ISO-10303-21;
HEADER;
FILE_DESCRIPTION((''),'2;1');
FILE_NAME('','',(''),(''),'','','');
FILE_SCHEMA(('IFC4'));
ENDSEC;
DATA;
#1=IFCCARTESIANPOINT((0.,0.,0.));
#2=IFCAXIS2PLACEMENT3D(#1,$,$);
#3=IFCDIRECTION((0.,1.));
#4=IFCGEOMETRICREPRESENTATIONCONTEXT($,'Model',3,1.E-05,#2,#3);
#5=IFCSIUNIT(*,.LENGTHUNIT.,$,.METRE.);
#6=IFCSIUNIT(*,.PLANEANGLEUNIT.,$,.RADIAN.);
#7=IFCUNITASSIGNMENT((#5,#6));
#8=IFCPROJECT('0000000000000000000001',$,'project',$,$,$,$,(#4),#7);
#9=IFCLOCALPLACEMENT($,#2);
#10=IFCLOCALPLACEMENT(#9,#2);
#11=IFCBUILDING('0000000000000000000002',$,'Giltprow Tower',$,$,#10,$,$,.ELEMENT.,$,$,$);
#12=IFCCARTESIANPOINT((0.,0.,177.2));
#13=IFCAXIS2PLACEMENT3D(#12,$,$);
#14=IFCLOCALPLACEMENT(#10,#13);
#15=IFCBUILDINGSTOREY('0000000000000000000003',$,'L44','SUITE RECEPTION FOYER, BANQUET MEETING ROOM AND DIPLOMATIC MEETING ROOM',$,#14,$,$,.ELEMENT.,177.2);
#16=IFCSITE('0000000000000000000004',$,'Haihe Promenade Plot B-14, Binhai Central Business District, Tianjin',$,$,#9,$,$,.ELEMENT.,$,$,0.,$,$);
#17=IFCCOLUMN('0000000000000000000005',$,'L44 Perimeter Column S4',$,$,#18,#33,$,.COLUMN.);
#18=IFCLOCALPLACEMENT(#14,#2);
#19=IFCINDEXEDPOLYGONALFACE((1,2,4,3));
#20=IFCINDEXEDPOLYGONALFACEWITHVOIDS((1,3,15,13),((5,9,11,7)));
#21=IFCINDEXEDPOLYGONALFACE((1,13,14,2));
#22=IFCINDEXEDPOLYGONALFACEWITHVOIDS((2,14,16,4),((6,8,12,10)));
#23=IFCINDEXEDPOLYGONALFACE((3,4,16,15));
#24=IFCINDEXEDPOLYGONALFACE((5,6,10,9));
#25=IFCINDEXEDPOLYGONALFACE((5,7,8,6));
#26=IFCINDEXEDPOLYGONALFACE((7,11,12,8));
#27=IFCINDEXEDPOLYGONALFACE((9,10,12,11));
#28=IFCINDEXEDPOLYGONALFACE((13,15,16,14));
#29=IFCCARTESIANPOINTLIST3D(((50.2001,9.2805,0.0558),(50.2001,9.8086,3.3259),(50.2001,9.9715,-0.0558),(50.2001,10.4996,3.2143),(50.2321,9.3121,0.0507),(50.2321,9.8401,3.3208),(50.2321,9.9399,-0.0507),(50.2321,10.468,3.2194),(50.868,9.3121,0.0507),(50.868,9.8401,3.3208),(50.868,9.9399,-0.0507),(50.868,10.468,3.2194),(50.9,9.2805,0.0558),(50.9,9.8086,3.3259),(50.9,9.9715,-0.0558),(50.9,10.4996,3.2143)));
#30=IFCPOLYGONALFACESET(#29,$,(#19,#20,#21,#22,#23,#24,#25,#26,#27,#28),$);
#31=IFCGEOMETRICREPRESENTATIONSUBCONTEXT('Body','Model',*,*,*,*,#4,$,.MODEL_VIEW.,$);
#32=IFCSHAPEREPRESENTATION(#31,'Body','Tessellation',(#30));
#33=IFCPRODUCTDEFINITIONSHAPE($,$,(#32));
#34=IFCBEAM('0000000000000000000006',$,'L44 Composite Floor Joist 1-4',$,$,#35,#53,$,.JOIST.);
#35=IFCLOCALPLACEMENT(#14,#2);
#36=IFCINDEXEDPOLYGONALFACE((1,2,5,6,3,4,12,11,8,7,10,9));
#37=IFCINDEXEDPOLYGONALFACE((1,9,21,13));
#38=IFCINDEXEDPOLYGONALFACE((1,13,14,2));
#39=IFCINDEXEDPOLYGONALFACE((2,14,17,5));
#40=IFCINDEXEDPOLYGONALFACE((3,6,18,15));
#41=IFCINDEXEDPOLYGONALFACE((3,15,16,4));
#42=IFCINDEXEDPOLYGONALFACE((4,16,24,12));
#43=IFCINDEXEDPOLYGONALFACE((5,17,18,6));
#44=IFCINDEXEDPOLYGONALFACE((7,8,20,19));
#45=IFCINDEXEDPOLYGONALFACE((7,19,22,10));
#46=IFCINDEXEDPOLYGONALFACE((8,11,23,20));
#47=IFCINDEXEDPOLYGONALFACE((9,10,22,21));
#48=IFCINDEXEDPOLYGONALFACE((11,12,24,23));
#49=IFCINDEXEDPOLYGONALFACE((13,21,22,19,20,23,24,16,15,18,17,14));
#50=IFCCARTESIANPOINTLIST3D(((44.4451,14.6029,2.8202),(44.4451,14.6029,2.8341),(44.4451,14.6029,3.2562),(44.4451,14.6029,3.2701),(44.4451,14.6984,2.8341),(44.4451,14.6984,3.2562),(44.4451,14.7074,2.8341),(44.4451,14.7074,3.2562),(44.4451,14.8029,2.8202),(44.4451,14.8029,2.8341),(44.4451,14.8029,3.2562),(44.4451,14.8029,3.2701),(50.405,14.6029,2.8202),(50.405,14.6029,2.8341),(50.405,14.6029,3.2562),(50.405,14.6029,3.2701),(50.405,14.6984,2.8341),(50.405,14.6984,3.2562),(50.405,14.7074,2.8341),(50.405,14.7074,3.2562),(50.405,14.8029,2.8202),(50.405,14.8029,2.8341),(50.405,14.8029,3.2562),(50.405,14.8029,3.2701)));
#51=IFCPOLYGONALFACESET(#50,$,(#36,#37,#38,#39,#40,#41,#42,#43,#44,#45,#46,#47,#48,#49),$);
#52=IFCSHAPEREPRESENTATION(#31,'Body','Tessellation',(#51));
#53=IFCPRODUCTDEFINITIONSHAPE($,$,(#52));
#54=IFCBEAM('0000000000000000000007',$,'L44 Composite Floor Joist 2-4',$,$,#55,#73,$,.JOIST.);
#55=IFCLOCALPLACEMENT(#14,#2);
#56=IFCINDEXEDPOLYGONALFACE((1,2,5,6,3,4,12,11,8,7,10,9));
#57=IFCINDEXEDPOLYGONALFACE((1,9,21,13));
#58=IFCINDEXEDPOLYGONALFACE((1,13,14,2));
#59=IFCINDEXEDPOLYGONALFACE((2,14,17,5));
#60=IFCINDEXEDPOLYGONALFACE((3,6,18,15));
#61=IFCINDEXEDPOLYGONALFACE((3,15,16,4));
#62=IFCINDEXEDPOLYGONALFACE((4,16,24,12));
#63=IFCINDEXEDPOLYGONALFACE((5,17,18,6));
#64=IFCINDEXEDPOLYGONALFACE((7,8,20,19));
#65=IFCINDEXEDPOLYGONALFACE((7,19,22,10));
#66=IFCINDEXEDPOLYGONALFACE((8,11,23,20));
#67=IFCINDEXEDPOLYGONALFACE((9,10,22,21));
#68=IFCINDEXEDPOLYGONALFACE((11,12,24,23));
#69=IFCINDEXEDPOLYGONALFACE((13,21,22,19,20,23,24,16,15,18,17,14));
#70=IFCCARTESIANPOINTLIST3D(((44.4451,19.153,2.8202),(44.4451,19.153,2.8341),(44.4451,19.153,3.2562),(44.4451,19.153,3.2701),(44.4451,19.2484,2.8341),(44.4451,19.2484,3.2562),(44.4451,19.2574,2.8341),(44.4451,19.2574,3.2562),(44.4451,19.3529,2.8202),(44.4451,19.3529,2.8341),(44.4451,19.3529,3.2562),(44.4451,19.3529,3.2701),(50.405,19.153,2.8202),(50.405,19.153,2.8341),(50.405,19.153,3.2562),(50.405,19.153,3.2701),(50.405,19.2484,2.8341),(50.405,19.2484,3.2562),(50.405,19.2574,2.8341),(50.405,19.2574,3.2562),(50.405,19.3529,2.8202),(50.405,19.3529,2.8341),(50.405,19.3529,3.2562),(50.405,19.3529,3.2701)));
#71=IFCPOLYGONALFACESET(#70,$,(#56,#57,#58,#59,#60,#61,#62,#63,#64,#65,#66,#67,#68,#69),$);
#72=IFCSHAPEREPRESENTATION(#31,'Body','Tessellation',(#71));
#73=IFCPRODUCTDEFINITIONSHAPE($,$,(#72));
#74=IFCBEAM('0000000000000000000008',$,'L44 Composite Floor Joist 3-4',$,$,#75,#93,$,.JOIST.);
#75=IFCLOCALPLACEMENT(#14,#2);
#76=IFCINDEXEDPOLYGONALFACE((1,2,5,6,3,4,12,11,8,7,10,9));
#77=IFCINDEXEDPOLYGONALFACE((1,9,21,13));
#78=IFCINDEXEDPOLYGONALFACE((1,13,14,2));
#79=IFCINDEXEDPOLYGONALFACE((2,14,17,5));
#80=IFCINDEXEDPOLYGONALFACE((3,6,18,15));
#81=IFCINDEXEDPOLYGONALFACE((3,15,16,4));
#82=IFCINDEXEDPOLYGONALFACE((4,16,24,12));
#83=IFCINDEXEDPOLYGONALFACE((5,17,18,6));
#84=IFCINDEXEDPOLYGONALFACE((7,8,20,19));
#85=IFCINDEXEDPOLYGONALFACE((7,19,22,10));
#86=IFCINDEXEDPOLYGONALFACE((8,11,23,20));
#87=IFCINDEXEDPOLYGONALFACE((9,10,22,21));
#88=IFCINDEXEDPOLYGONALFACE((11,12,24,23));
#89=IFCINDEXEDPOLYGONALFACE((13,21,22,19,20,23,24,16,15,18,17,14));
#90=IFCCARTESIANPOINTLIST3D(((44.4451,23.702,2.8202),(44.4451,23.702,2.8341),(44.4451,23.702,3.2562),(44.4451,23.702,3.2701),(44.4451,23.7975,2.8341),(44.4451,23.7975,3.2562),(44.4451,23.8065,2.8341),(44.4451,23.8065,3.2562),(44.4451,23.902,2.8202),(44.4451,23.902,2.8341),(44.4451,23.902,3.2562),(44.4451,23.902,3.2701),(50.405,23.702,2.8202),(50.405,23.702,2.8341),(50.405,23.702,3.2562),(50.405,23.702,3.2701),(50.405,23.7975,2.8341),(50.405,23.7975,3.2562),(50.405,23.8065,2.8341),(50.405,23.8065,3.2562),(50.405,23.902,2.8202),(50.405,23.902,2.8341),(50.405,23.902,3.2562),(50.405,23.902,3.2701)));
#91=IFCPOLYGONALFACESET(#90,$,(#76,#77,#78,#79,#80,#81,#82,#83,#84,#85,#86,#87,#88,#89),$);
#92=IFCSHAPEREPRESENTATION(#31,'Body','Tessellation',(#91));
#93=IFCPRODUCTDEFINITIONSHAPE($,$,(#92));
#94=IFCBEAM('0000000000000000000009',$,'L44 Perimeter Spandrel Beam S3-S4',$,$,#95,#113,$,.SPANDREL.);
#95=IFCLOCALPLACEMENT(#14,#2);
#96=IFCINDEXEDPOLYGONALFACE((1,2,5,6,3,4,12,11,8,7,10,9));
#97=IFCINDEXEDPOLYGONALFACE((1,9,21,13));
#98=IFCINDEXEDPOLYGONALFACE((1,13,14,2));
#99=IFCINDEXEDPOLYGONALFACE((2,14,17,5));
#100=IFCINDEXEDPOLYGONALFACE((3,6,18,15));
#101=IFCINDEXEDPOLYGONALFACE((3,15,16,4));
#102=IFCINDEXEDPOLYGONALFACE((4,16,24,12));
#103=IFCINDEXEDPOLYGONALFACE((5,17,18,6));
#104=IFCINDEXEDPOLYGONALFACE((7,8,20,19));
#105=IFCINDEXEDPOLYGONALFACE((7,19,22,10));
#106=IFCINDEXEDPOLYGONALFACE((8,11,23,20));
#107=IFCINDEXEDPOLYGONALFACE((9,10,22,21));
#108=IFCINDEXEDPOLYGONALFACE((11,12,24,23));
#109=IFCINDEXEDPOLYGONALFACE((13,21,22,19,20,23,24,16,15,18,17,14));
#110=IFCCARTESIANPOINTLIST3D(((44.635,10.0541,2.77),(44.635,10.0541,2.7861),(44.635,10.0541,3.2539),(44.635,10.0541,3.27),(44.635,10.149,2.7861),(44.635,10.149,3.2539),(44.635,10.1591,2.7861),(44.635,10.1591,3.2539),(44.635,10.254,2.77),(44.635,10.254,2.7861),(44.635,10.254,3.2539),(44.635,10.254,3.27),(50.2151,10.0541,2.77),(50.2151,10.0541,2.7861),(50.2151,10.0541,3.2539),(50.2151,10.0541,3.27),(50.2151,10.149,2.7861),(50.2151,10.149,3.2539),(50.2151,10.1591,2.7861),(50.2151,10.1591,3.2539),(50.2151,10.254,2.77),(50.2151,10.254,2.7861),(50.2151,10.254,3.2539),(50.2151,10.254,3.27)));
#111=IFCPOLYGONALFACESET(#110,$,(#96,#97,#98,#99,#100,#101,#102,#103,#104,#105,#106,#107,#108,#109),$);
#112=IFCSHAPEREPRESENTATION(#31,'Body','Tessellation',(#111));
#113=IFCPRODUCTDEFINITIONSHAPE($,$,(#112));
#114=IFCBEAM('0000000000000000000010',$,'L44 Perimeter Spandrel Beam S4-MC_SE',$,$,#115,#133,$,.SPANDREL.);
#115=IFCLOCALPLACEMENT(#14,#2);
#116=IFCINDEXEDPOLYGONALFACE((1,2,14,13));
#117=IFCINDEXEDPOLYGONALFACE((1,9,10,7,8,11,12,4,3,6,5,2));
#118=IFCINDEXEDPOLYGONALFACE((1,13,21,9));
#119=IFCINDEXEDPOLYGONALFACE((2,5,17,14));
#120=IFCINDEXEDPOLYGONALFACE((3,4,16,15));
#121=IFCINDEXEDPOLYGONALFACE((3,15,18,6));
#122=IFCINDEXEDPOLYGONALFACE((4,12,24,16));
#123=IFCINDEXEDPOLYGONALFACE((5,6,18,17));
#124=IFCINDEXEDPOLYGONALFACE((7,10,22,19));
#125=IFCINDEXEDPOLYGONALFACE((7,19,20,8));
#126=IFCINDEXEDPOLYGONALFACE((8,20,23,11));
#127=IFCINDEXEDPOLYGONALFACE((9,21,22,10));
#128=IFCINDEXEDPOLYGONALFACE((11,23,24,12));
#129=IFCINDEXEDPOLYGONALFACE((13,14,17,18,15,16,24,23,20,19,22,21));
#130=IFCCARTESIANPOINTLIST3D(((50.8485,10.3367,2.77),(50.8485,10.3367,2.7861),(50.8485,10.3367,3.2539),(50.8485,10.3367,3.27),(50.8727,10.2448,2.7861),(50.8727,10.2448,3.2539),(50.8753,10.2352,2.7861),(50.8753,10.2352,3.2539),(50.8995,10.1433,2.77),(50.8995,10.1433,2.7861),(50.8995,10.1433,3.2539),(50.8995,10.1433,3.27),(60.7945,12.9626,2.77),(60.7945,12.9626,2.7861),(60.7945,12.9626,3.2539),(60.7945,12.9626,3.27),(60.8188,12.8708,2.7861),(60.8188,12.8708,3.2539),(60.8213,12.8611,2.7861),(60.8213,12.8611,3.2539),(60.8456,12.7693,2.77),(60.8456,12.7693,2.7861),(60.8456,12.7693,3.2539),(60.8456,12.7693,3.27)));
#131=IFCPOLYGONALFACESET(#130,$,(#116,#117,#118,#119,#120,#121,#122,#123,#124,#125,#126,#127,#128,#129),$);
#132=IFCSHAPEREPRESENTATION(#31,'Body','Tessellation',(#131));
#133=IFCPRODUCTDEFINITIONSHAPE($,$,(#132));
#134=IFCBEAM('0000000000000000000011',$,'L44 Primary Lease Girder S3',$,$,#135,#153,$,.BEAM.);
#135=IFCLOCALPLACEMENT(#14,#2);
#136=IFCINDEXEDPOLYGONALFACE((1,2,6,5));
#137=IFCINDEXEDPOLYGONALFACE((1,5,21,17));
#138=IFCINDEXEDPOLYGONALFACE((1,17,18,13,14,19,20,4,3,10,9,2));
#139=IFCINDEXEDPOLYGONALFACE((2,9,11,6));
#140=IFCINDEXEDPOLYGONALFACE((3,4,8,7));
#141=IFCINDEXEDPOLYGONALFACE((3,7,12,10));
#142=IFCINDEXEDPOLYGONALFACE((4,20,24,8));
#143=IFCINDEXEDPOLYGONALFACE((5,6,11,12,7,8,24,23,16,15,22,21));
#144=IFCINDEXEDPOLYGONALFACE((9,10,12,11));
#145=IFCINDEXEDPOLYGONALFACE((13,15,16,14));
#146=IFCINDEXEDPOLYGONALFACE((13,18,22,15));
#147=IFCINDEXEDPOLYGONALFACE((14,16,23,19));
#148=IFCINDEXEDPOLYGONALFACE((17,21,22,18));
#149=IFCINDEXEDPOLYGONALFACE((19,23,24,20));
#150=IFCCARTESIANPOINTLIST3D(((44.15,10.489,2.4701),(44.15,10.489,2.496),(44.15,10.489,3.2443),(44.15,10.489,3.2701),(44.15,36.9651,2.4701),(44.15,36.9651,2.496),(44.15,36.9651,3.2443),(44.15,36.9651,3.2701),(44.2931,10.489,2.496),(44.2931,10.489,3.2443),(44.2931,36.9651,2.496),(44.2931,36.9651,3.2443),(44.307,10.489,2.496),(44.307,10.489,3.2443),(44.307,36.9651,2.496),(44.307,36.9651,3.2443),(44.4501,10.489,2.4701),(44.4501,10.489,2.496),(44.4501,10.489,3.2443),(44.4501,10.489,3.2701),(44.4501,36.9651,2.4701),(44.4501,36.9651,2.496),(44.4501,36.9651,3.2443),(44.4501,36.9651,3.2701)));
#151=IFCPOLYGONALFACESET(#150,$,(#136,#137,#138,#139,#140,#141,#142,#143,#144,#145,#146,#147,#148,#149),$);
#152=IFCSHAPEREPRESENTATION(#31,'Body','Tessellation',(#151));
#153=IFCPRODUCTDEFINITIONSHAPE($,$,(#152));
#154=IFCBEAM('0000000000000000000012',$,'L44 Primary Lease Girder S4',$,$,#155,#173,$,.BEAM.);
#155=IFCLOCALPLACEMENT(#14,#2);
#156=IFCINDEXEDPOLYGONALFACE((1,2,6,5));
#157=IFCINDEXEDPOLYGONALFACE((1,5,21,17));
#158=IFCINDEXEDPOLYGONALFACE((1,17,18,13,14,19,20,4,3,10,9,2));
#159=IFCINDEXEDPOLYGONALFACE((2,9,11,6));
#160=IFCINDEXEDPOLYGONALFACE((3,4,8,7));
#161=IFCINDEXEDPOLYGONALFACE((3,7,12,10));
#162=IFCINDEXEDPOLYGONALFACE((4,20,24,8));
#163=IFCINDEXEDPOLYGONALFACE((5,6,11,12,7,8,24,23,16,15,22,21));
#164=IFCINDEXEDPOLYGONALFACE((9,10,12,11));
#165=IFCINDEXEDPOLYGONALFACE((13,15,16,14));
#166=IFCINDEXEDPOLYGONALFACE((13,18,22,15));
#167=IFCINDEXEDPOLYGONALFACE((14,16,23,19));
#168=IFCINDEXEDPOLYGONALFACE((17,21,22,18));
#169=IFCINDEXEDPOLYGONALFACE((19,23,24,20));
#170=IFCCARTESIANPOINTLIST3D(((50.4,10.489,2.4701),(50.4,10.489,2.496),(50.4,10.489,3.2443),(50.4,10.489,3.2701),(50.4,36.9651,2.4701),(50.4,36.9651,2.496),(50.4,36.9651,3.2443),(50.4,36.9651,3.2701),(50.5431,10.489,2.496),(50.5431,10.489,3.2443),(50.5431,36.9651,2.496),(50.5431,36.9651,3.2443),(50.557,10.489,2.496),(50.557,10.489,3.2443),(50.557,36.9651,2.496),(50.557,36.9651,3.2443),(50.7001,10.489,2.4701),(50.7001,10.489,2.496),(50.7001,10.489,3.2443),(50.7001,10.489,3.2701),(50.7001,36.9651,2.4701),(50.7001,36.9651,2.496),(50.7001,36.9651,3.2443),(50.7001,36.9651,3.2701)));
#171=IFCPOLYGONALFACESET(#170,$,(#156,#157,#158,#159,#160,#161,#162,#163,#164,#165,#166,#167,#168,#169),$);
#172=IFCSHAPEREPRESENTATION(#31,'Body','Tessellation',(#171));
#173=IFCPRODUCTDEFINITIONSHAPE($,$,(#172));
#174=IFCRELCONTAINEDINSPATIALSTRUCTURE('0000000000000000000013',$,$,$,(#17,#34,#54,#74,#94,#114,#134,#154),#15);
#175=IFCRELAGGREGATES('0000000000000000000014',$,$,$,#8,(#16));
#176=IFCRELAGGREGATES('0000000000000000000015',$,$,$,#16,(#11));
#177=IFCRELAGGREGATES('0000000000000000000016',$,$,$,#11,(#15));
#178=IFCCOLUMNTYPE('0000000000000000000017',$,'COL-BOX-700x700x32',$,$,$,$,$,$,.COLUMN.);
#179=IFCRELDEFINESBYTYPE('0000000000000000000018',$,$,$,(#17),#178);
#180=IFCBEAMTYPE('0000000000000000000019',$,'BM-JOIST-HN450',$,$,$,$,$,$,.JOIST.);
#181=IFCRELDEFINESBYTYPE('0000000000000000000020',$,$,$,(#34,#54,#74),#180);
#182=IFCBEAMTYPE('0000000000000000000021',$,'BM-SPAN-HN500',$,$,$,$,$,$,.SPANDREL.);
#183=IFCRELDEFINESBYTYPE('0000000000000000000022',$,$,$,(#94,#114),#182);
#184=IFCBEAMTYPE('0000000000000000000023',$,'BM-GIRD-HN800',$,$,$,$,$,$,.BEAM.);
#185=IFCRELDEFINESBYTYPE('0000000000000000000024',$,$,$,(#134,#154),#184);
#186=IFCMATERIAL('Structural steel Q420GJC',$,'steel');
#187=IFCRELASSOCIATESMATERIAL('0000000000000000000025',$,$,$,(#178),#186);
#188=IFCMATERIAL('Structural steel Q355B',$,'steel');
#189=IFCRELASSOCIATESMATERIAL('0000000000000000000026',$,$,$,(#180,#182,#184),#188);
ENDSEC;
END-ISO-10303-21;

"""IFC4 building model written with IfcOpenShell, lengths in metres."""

from ifc_helpers import new_model, si_unit, direction, frame, origin, origin_2d, place, context, subcontext, project, spatial, hollow_rectangle, i_section, extrude, source, transform, mapped, material, material_profile, profile_set, type_object, element, save


model = new_model("IFC4")

# Units and contexts
model_context = context("Model", 3, precision=1e-05, world=origin(), true_north=direction((0.0, 1.0)))
body_context = subcontext(model_context, "Body", "Model", "MODEL_VIEW")
ifc_project = project(units=[si_unit("LENGTHUNIT", "METRE"), si_unit("PLANEANGLEUNIT", "RADIAN")], contexts=[model_context])

# Site, building, storey
site_placement = place(None, origin())
site = spatial("IfcSite", under=ifc_project, at=site_placement, Name="Haihe Promenade Plot B-14, Binhai Central Business District, Tianjin", CompositionType="ELEMENT", RefElevation=0.0)
building_placement = place(site_placement, origin())
building = spatial("IfcBuilding", under=site, at=building_placement, Name="Giltprow Tower", CompositionType="ELEMENT")
storey_placement = place(building_placement, frame((0.0, 0.0, 177.2)))
storey = spatial("IfcBuildingStorey", under=building, at=storey_placement, Name="L44", Description="SUITE RECEPTION FOYER, BANQUET MEETING ROOM AND DIPLOMATIC MEETING ROOM", CompositionType="ELEMENT", Elevation=177.2)

# Column
ifc_material_1 = material(Name="Structural steel Q420GJC", Category="steel")
ifc_material_profile_1 = material_profile(ifc_material_1, hollow_rectangle(XDim=0.7, YDim=0.7, WallThickness=0.032, at=origin_2d()), Name="BOX 700x700x32")
ifc_profile_set_1 = profile_set([ifc_material_profile_1], Name="Structural steel Q420GJC")
column_type = type_object("IfcColumnType", Name="COL-BOX-700x700x32", PredefinedType="COLUMN", material=ifc_profile_set_1)
shared_shape_1 = source(origin(), body_context, "Body", "SweptSolid", [
    extrude(hollow_rectangle(XDim=0.7, YDim=0.7, WallThickness=0.032, at=origin_2d()), origin(), (0.0, 0.0, 1.0), 3.3125),
])
column_placement = place(storey_placement, frame((50.55, 9.626, 0.0), z_axis=(0.0, 0.159425, 0.98721), x_axis=(-1.0, 0.0, 0.0)))
element("IfcColumn", 1, at=column_placement, inside=storey, type_object=column_type, Name="L44 Perimeter Column S4", PredefinedType="COLUMN", context=body_context, shape_type="MappedRepresentation", body=[
    mapped(shared_shape_1, transform((0.0, 0.0, 0.0), x_axis=(1.0, 0.0, 0.0), y_axis=(0.0, 1.0, 0.0), z_axis=(0.0, 0.0, 1.0), scale=1.0)),
])

# Beams
ifc_material_2 = material(Name="Structural steel Q355B", Category="steel")
ifc_material_profile_2 = material_profile(ifc_material_2, i_section(OverallWidth=0.2, OverallDepth=0.45, WebThickness=0.009, FlangeThickness=0.0139, at=origin_2d()), Name="HN 450x200x9x14")
ifc_profile_set_2 = profile_set([ifc_material_profile_2], Name="Structural steel Q355B")
beam_type_1 = type_object("IfcBeamType", Name="BM-JOIST-HN450", PredefinedType="JOIST", material=ifc_profile_set_2)
shared_shape_2 = source(origin(), body_context, "Body", "SweptSolid", [
    extrude(i_section(OverallWidth=0.2, OverallDepth=0.45, WebThickness=0.009, FlangeThickness=0.0139, at=origin_2d()), origin(), (0.0, 0.0, 1.0), 5.96),
])
for number, where, z_axis, x_axis, name in (
    (2, (44.4451, 14.7029, 3.0452), (1.0, 0.0, 0.0), (0.0, 1.0, 0.0), "L44 Composite Floor Joist 1-4"),
    (3, (44.4451, 19.2529, 3.0452), (1.0, 0.0, 0.0), (0.0, 1.0, 0.0), "L44 Composite Floor Joist 2-4"),
    (4, (44.4451, 23.802, 3.0452), (1.0, 0.0, 0.0), (0.0, 1.0, 0.0), "L44 Composite Floor Joist 3-4"),
):
    element("IfcBeam", number, at=place(storey_placement, frame(where, z_axis=z_axis, x_axis=x_axis)), inside=storey, type_object=beam_type_1, Name=name, PredefinedType="JOIST", context=body_context, shape_type="MappedRepresentation", body=[
        mapped(shared_shape_2, transform((0.0, 0.0, 0.0), x_axis=(1.0, 0.0, 0.0), y_axis=(0.0, 1.0, 0.0), z_axis=(0.0, 0.0, 1.0), scale=1.0)),
    ])
ifc_material_profile_3 = material_profile(ifc_material_2, i_section(OverallWidth=0.2, OverallDepth=0.5, WebThickness=0.01, FlangeThickness=0.0161, at=origin_2d()), Name="HN 500x200x10x16")
ifc_profile_set_3 = profile_set([ifc_material_profile_3], Name="Structural steel Q355B")
beam_type_2 = type_object("IfcBeamType", Name="BM-SPAN-HN500", PredefinedType="SPANDREL", material=ifc_profile_set_3)
shared_shape_3 = source(origin(), body_context, "Body", "SweptSolid", [
    extrude(i_section(OverallWidth=0.2, OverallDepth=0.5, WebThickness=0.01, FlangeThickness=0.0161, at=origin_2d()), origin(), (0.0, 0.0, 1.0), 5.5801),
])
beam_1_placement = place(storey_placement, frame((44.635, 10.1541, 3.02), z_axis=(1.0, 0.0, 0.0), x_axis=(0.0, 1.0, 0.0)))
element("IfcBeam", 5, at=beam_1_placement, inside=storey, type_object=beam_type_2, Name="L44 Perimeter Spandrel Beam S3-S4", PredefinedType="SPANDREL", context=body_context, shape_type="MappedRepresentation", body=[
    mapped(shared_shape_3, transform((0.0, 0.0, 0.0), x_axis=(1.0, 0.0, 0.0), y_axis=(0.0, 1.0, 0.0), z_axis=(0.0, 0.0, 1.0), scale=1.0)),
])
shared_shape_4 = source(origin(), body_context, "Body", "SweptSolid", [
    extrude(i_section(OverallWidth=0.2, OverallDepth=0.5, WebThickness=0.01, FlangeThickness=0.0161, at=origin_2d()), origin(), (0.0, 0.0, 1.0), 10.2869),
])
beam_2_placement = place(storey_placement, frame((50.874, 10.24, 3.02), z_axis=(0.966869, 0.255275, 0.0), x_axis=(-0.255275, 0.966869, 0.0)))
element("IfcBeam", 6, at=beam_2_placement, inside=storey, type_object=beam_type_2, Name="L44 Perimeter Spandrel Beam S4-MC_SE", PredefinedType="SPANDREL", context=body_context, shape_type="MappedRepresentation", body=[
    mapped(shared_shape_4, transform((0.0, 0.0, 0.0), x_axis=(1.0, 0.0, 0.0), y_axis=(0.0, 1.0, 0.0), z_axis=(0.0, 0.0, 1.0), scale=1.0)),
])
ifc_material_profile_4 = material_profile(ifc_material_2, i_section(OverallWidth=0.3, OverallDepth=0.8, WebThickness=0.0139, FlangeThickness=0.0259, at=origin_2d()), Name="HN 800x300x14x26")
ifc_profile_set_4 = profile_set([ifc_material_profile_4], Name="Structural steel Q355B")
beam_type_3 = type_object("IfcBeamType", Name="BM-GIRD-HN800", PredefinedType="BEAM", material=ifc_profile_set_4)
shared_shape_5 = source(origin(), body_context, "Body", "SweptSolid", [
    extrude(i_section(OverallWidth=0.3, OverallDepth=0.8, WebThickness=0.0139, FlangeThickness=0.0259, at=origin_2d()), origin(), (0.0, 0.0, 1.0), 26.4761),
])
for number, where, z_axis, x_axis, name in (
    (7, (44.3, 10.489, 2.8701), (0.0, 1.0, 0.0), (-1.0, 0.0, 0.0), "L44 Primary Lease Girder S3"),
    (8, (50.55, 10.489, 2.8701), (0.0, 1.0, 0.0), (-1.0, 0.0, 0.0), "L44 Primary Lease Girder S4"),
):
    element("IfcBeam", number, at=place(storey_placement, frame(where, z_axis=z_axis, x_axis=x_axis)), inside=storey, type_object=beam_type_3, Name=name, PredefinedType="BEAM", context=body_context, shape_type="MappedRepresentation", body=[
        mapped(shared_shape_5, transform((0.0, 0.0, 0.0), x_axis=(1.0, 0.0, 0.0), y_axis=(0.0, 1.0, 0.0), z_axis=(0.0, 0.0, 1.0), scale=1.0)),
    ])

save(model, "model.ifc")
